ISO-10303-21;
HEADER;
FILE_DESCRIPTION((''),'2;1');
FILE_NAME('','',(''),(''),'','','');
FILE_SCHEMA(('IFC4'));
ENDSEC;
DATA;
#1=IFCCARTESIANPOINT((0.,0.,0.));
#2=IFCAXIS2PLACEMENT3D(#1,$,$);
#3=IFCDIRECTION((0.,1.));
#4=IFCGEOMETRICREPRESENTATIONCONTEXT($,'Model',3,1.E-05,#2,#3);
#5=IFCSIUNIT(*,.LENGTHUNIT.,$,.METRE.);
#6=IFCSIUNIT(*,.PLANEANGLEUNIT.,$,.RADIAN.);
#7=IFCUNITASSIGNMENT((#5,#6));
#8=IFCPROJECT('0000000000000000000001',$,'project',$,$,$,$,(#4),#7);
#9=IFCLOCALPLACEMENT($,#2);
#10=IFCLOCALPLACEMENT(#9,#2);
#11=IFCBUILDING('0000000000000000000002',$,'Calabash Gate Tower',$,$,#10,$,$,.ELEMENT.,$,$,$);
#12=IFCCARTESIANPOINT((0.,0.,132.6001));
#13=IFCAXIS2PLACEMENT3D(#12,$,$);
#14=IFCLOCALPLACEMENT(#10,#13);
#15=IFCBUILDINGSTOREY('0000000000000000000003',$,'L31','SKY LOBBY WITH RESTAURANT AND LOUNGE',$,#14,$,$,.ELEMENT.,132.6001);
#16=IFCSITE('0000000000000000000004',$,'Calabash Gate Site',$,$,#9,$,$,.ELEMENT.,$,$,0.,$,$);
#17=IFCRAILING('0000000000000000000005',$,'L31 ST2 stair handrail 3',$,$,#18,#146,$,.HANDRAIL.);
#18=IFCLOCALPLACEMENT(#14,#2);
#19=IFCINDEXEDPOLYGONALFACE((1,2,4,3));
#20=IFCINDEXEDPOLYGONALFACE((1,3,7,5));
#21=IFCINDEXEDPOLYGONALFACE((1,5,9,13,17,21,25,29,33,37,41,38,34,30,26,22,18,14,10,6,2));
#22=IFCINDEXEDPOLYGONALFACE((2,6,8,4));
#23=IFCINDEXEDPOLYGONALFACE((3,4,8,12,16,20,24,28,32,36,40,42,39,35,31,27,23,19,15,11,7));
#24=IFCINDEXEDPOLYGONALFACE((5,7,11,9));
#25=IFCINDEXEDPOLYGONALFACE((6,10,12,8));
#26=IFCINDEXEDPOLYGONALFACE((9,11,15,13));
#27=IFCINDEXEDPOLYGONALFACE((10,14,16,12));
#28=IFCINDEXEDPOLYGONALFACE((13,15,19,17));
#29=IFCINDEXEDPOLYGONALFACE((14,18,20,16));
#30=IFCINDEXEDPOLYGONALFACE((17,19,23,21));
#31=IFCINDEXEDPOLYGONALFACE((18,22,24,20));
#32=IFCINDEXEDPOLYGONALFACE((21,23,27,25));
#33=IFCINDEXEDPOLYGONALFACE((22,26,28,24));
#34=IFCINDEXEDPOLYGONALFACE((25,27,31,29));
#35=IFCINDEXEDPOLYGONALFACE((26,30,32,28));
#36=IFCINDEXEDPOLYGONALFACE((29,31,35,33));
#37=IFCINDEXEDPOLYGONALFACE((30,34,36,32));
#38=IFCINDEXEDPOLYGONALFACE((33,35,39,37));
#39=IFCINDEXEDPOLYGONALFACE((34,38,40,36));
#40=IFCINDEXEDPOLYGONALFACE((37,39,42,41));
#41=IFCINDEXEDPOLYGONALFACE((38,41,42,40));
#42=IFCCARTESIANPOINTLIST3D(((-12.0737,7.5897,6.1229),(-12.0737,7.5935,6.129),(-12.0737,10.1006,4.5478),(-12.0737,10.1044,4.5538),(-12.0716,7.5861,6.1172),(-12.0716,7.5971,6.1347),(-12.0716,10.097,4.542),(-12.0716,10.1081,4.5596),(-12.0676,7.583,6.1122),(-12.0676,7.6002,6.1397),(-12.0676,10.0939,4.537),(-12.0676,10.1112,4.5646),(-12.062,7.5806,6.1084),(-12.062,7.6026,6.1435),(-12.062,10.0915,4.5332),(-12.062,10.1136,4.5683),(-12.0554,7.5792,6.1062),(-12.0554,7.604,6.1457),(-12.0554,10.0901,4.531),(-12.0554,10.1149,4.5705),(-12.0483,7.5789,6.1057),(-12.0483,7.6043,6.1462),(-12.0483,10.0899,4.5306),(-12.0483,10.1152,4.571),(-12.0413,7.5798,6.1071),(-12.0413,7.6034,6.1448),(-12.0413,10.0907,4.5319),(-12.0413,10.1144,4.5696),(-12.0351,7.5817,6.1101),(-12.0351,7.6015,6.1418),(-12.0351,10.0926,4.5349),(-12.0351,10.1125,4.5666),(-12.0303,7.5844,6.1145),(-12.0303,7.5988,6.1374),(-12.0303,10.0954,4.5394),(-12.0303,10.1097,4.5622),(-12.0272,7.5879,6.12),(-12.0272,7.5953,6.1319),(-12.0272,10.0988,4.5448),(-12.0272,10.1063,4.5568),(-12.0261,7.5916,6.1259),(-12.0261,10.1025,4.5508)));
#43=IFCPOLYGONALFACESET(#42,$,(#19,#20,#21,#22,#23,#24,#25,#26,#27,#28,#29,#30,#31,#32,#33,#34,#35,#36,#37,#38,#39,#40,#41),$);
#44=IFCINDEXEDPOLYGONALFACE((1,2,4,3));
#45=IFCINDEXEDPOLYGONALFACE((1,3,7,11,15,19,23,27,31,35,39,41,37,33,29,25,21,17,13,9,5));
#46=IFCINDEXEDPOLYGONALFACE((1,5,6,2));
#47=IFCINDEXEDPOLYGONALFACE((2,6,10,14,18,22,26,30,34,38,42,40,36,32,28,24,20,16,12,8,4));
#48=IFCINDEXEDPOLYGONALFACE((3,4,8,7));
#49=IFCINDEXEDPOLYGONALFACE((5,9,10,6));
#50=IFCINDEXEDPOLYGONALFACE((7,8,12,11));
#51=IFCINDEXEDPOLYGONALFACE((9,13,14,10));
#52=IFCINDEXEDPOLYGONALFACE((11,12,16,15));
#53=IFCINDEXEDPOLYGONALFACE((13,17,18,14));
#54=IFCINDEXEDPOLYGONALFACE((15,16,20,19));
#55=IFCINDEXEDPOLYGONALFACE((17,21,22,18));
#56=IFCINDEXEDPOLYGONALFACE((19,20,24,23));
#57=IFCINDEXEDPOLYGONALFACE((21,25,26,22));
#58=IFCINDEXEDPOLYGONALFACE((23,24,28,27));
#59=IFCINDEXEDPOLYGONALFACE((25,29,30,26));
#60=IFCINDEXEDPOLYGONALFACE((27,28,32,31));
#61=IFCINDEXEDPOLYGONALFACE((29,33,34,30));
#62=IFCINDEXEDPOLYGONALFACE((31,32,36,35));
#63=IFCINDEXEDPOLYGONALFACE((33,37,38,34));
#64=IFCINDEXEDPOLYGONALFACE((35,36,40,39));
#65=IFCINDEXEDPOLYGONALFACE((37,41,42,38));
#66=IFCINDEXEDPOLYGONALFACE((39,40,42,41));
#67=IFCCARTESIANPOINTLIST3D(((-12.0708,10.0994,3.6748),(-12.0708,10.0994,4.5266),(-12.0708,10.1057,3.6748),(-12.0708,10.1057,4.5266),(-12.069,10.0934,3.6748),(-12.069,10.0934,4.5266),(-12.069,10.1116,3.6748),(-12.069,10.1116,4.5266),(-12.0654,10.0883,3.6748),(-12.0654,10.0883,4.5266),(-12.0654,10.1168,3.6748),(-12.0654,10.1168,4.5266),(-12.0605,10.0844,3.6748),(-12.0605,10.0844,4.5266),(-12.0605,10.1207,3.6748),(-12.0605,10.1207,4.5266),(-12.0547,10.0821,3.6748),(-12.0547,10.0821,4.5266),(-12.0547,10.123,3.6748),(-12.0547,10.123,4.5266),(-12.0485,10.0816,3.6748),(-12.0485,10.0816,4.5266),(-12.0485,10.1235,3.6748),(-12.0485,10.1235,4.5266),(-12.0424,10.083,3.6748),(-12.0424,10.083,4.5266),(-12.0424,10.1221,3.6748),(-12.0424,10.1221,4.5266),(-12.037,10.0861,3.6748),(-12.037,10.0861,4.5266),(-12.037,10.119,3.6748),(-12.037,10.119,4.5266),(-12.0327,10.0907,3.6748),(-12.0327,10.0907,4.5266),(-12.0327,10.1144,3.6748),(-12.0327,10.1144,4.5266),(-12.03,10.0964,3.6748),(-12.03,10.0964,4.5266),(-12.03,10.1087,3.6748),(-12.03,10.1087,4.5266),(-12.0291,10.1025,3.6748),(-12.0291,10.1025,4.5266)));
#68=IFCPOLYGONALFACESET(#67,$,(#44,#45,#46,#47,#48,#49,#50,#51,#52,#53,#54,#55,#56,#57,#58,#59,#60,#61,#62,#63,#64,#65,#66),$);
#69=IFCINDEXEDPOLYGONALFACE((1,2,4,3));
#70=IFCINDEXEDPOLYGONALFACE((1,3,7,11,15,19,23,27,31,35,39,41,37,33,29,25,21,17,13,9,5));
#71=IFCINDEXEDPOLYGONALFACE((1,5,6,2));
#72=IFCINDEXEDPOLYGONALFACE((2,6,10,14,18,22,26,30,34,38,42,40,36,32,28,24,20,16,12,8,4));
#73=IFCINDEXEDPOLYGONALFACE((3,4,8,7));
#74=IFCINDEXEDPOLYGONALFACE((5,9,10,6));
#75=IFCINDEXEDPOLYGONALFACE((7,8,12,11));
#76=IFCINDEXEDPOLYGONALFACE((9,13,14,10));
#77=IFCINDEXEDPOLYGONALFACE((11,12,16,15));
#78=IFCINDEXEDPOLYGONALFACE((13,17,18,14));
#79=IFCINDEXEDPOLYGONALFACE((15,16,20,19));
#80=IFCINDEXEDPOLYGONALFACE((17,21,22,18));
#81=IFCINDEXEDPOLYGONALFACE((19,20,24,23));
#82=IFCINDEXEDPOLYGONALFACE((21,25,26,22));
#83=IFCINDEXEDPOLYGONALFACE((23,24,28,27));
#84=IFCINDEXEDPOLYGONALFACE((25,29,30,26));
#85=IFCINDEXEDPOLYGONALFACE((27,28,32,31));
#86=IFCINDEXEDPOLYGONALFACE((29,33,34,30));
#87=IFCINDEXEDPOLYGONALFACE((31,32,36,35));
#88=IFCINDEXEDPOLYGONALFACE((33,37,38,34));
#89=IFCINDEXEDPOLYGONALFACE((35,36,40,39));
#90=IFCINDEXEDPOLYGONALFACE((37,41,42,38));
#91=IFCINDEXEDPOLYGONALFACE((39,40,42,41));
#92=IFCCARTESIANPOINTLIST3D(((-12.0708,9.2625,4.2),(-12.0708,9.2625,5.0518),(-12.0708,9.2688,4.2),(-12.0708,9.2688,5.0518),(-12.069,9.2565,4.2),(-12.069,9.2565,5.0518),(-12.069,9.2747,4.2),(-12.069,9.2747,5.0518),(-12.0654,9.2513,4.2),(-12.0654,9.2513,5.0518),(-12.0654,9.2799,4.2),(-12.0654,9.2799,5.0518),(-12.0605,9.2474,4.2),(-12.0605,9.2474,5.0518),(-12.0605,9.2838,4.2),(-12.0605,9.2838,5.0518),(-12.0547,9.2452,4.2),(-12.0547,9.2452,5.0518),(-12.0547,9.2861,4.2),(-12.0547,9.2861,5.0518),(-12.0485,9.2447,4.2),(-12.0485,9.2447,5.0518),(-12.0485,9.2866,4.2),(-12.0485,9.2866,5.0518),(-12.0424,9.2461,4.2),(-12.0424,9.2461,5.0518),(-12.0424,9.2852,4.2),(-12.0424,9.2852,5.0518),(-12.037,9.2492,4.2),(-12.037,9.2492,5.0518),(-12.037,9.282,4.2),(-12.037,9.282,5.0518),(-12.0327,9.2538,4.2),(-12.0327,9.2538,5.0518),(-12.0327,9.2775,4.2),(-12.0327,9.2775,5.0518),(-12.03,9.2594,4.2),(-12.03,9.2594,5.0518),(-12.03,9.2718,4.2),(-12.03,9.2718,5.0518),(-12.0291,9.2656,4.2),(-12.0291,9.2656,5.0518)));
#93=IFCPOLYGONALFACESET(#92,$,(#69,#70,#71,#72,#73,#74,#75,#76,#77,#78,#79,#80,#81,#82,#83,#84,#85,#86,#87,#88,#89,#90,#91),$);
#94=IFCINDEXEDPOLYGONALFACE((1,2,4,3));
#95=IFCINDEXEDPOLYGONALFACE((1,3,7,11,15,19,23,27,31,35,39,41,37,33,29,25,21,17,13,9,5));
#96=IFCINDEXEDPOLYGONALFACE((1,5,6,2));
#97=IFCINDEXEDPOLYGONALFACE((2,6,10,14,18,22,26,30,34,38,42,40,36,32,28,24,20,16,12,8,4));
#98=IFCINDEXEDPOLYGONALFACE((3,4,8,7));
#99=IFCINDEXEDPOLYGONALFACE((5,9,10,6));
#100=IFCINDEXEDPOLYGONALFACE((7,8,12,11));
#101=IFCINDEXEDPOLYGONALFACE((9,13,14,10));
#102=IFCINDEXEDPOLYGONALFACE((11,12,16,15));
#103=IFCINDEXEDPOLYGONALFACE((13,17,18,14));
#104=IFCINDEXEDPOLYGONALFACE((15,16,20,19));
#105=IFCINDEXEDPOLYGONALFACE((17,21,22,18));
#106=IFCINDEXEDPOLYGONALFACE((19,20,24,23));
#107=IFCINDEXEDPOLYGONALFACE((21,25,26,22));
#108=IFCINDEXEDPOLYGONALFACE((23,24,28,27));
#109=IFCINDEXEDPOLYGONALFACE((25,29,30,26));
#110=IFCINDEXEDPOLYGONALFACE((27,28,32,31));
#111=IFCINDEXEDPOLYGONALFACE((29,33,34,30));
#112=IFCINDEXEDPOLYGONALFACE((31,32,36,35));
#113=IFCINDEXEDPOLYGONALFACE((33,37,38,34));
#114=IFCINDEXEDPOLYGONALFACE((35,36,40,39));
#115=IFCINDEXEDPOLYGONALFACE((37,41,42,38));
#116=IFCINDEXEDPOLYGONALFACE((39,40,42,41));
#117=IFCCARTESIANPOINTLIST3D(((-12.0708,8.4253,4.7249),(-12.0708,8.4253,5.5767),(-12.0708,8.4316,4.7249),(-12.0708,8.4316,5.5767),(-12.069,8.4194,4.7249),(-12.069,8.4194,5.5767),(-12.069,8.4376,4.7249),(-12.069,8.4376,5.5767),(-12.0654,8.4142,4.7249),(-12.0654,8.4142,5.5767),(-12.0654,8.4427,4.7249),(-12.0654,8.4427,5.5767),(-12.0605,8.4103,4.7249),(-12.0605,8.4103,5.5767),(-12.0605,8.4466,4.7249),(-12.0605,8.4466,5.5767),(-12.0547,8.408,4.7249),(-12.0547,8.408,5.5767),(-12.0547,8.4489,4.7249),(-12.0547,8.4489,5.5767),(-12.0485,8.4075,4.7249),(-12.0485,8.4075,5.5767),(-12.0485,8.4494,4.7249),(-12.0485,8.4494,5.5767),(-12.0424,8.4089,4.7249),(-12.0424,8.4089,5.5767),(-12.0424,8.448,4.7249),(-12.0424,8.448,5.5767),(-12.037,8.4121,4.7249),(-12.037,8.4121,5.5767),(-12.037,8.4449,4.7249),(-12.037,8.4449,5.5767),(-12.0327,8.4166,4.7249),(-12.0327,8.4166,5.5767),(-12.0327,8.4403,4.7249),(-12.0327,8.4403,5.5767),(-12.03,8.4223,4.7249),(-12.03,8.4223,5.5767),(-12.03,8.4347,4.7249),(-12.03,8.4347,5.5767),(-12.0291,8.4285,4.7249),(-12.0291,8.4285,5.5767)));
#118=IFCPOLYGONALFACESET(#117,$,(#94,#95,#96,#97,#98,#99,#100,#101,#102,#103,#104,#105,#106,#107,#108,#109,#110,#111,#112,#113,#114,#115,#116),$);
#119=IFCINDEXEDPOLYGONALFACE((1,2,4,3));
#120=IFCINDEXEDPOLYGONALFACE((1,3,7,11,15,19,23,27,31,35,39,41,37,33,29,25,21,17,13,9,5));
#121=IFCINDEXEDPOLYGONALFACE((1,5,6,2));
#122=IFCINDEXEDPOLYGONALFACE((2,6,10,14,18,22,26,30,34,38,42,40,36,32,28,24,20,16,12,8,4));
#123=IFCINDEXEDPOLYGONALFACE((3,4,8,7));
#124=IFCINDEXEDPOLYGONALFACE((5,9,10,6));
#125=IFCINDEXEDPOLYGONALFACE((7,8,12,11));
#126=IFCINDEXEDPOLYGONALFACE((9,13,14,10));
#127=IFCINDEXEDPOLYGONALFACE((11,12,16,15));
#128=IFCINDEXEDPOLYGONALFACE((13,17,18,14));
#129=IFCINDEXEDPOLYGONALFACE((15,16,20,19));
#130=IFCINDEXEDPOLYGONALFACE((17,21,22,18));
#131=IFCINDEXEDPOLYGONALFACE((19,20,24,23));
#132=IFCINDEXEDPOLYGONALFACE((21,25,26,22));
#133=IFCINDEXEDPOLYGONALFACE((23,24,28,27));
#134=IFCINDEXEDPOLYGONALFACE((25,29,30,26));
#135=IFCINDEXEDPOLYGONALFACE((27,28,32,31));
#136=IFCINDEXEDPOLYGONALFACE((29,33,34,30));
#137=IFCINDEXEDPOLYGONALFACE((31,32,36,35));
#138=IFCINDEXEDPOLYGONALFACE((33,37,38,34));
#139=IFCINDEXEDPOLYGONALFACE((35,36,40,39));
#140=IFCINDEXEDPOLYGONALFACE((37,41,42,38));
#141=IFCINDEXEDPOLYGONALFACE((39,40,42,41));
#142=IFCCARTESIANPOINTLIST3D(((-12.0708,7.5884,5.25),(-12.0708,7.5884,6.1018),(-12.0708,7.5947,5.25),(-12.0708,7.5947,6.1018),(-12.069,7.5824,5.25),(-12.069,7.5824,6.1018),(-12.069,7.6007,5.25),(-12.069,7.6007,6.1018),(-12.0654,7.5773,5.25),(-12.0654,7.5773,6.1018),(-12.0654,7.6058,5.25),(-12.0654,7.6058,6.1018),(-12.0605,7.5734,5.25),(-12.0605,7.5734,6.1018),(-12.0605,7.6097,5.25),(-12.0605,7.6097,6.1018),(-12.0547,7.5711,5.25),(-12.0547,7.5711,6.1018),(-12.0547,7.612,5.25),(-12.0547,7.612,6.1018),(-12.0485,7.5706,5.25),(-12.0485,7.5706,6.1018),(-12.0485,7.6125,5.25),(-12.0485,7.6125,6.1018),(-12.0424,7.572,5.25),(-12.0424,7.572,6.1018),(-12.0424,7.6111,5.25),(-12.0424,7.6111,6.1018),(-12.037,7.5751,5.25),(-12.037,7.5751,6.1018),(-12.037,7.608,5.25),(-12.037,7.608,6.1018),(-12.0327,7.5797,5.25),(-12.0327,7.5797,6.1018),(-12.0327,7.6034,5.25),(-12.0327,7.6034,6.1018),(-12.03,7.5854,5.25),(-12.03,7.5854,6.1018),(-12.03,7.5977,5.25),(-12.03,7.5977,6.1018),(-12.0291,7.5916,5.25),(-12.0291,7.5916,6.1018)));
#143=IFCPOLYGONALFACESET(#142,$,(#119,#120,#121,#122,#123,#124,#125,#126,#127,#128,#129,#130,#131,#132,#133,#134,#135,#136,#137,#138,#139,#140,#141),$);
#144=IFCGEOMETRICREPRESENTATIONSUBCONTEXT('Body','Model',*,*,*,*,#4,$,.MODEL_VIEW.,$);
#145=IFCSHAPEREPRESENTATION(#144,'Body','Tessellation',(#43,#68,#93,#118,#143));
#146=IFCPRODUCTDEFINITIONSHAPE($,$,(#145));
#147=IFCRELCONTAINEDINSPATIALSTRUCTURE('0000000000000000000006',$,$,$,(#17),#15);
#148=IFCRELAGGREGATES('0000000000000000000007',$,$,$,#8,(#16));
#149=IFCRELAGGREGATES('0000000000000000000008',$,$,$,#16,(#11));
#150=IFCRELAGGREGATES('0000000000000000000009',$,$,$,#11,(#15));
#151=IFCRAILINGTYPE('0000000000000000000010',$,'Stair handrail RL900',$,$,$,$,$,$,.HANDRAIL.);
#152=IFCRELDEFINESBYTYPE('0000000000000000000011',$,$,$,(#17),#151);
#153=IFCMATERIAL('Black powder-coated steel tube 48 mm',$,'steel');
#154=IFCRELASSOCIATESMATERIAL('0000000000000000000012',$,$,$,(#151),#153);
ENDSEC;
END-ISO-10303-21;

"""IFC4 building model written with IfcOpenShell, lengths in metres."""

from ifc_helpers import new_model, si_unit, direction, frame, origin, origin_2d, place, context, subcontext, project, spatial, circle, extrude, material, type_object, element, save


model = new_model("IFC4")

# Units and contexts
model_context = context("Model", 3, precision=1e-05, world=origin(), true_north=direction((0.0, 1.0)))
body_context = subcontext(model_context, "Body", "Model", "MODEL_VIEW")
ifc_project = project(units=[si_unit("LENGTHUNIT", "METRE"), si_unit("PLANEANGLEUNIT", "RADIAN")], contexts=[model_context])

# Site, building, storey
site_placement = place(None, origin())
site = spatial("IfcSite", under=ifc_project, at=site_placement, Name="Calabash Gate Site", CompositionType="ELEMENT", RefElevation=0.0)
building_placement = place(site_placement, origin())
building = spatial("IfcBuilding", under=site, at=building_placement, Name="Calabash Gate Tower", CompositionType="ELEMENT")
storey_placement = place(building_placement, frame((0.0, 0.0, 132.6001)))
storey = spatial("IfcBuildingStorey", under=building, at=storey_placement, Name="L31", Description="SKY LOBBY WITH RESTAURANT AND LOUNGE", CompositionType="ELEMENT", Elevation=132.6001)

# Railing
ifc_material_1 = material(Name="Black powder-coated steel tube 48 mm", Category="steel")
railing_type_1 = type_object("IfcRailingType", Name="Stair handrail RL900", PredefinedType="HANDRAIL", material=ifc_material_1)
for number, where, name in (
    (1, (-12.05, 10.1025, 3.6748), "L31 ST2 stair handrail 3"),
):
    element("IfcRailing", number, at=place(storey_placement, frame(where)), inside=storey, type_object=railing_type_1, Name=name, PredefinedType="HANDRAIL", context=body_context, shape_type="SweptSolid", body=[
        extrude(circle(Radius=0.0239, at=origin_2d()), frame((0.0, 0.0, 0.876), z_axis=(0.0, -0.847113, 0.531412), x_axis=(1.0, 0.0, 0.0)), (0.0, 0.0, 1.0), 2.9641),
        extrude(circle(Radius=0.021, at=origin_2d()), origin(), (0.0, 0.0, 1.0), 0.8518),
        extrude(circle(Radius=0.021, at=origin_2d()), frame((0.0, -0.8369, 0.5251)), (0.0, 0.0, 1.0), 0.8518),
        extrude(circle(Radius=0.021, at=origin_2d()), frame((0.0, -1.6741, 1.05)), (0.0, 0.0, 1.0), 0.8518),
        extrude(circle(Radius=0.021, at=origin_2d()), frame((0.0, -2.511, 1.5752)), (0.0, 0.0, 1.0), 0.8518),
    ])

save(model, "model.ifc")
